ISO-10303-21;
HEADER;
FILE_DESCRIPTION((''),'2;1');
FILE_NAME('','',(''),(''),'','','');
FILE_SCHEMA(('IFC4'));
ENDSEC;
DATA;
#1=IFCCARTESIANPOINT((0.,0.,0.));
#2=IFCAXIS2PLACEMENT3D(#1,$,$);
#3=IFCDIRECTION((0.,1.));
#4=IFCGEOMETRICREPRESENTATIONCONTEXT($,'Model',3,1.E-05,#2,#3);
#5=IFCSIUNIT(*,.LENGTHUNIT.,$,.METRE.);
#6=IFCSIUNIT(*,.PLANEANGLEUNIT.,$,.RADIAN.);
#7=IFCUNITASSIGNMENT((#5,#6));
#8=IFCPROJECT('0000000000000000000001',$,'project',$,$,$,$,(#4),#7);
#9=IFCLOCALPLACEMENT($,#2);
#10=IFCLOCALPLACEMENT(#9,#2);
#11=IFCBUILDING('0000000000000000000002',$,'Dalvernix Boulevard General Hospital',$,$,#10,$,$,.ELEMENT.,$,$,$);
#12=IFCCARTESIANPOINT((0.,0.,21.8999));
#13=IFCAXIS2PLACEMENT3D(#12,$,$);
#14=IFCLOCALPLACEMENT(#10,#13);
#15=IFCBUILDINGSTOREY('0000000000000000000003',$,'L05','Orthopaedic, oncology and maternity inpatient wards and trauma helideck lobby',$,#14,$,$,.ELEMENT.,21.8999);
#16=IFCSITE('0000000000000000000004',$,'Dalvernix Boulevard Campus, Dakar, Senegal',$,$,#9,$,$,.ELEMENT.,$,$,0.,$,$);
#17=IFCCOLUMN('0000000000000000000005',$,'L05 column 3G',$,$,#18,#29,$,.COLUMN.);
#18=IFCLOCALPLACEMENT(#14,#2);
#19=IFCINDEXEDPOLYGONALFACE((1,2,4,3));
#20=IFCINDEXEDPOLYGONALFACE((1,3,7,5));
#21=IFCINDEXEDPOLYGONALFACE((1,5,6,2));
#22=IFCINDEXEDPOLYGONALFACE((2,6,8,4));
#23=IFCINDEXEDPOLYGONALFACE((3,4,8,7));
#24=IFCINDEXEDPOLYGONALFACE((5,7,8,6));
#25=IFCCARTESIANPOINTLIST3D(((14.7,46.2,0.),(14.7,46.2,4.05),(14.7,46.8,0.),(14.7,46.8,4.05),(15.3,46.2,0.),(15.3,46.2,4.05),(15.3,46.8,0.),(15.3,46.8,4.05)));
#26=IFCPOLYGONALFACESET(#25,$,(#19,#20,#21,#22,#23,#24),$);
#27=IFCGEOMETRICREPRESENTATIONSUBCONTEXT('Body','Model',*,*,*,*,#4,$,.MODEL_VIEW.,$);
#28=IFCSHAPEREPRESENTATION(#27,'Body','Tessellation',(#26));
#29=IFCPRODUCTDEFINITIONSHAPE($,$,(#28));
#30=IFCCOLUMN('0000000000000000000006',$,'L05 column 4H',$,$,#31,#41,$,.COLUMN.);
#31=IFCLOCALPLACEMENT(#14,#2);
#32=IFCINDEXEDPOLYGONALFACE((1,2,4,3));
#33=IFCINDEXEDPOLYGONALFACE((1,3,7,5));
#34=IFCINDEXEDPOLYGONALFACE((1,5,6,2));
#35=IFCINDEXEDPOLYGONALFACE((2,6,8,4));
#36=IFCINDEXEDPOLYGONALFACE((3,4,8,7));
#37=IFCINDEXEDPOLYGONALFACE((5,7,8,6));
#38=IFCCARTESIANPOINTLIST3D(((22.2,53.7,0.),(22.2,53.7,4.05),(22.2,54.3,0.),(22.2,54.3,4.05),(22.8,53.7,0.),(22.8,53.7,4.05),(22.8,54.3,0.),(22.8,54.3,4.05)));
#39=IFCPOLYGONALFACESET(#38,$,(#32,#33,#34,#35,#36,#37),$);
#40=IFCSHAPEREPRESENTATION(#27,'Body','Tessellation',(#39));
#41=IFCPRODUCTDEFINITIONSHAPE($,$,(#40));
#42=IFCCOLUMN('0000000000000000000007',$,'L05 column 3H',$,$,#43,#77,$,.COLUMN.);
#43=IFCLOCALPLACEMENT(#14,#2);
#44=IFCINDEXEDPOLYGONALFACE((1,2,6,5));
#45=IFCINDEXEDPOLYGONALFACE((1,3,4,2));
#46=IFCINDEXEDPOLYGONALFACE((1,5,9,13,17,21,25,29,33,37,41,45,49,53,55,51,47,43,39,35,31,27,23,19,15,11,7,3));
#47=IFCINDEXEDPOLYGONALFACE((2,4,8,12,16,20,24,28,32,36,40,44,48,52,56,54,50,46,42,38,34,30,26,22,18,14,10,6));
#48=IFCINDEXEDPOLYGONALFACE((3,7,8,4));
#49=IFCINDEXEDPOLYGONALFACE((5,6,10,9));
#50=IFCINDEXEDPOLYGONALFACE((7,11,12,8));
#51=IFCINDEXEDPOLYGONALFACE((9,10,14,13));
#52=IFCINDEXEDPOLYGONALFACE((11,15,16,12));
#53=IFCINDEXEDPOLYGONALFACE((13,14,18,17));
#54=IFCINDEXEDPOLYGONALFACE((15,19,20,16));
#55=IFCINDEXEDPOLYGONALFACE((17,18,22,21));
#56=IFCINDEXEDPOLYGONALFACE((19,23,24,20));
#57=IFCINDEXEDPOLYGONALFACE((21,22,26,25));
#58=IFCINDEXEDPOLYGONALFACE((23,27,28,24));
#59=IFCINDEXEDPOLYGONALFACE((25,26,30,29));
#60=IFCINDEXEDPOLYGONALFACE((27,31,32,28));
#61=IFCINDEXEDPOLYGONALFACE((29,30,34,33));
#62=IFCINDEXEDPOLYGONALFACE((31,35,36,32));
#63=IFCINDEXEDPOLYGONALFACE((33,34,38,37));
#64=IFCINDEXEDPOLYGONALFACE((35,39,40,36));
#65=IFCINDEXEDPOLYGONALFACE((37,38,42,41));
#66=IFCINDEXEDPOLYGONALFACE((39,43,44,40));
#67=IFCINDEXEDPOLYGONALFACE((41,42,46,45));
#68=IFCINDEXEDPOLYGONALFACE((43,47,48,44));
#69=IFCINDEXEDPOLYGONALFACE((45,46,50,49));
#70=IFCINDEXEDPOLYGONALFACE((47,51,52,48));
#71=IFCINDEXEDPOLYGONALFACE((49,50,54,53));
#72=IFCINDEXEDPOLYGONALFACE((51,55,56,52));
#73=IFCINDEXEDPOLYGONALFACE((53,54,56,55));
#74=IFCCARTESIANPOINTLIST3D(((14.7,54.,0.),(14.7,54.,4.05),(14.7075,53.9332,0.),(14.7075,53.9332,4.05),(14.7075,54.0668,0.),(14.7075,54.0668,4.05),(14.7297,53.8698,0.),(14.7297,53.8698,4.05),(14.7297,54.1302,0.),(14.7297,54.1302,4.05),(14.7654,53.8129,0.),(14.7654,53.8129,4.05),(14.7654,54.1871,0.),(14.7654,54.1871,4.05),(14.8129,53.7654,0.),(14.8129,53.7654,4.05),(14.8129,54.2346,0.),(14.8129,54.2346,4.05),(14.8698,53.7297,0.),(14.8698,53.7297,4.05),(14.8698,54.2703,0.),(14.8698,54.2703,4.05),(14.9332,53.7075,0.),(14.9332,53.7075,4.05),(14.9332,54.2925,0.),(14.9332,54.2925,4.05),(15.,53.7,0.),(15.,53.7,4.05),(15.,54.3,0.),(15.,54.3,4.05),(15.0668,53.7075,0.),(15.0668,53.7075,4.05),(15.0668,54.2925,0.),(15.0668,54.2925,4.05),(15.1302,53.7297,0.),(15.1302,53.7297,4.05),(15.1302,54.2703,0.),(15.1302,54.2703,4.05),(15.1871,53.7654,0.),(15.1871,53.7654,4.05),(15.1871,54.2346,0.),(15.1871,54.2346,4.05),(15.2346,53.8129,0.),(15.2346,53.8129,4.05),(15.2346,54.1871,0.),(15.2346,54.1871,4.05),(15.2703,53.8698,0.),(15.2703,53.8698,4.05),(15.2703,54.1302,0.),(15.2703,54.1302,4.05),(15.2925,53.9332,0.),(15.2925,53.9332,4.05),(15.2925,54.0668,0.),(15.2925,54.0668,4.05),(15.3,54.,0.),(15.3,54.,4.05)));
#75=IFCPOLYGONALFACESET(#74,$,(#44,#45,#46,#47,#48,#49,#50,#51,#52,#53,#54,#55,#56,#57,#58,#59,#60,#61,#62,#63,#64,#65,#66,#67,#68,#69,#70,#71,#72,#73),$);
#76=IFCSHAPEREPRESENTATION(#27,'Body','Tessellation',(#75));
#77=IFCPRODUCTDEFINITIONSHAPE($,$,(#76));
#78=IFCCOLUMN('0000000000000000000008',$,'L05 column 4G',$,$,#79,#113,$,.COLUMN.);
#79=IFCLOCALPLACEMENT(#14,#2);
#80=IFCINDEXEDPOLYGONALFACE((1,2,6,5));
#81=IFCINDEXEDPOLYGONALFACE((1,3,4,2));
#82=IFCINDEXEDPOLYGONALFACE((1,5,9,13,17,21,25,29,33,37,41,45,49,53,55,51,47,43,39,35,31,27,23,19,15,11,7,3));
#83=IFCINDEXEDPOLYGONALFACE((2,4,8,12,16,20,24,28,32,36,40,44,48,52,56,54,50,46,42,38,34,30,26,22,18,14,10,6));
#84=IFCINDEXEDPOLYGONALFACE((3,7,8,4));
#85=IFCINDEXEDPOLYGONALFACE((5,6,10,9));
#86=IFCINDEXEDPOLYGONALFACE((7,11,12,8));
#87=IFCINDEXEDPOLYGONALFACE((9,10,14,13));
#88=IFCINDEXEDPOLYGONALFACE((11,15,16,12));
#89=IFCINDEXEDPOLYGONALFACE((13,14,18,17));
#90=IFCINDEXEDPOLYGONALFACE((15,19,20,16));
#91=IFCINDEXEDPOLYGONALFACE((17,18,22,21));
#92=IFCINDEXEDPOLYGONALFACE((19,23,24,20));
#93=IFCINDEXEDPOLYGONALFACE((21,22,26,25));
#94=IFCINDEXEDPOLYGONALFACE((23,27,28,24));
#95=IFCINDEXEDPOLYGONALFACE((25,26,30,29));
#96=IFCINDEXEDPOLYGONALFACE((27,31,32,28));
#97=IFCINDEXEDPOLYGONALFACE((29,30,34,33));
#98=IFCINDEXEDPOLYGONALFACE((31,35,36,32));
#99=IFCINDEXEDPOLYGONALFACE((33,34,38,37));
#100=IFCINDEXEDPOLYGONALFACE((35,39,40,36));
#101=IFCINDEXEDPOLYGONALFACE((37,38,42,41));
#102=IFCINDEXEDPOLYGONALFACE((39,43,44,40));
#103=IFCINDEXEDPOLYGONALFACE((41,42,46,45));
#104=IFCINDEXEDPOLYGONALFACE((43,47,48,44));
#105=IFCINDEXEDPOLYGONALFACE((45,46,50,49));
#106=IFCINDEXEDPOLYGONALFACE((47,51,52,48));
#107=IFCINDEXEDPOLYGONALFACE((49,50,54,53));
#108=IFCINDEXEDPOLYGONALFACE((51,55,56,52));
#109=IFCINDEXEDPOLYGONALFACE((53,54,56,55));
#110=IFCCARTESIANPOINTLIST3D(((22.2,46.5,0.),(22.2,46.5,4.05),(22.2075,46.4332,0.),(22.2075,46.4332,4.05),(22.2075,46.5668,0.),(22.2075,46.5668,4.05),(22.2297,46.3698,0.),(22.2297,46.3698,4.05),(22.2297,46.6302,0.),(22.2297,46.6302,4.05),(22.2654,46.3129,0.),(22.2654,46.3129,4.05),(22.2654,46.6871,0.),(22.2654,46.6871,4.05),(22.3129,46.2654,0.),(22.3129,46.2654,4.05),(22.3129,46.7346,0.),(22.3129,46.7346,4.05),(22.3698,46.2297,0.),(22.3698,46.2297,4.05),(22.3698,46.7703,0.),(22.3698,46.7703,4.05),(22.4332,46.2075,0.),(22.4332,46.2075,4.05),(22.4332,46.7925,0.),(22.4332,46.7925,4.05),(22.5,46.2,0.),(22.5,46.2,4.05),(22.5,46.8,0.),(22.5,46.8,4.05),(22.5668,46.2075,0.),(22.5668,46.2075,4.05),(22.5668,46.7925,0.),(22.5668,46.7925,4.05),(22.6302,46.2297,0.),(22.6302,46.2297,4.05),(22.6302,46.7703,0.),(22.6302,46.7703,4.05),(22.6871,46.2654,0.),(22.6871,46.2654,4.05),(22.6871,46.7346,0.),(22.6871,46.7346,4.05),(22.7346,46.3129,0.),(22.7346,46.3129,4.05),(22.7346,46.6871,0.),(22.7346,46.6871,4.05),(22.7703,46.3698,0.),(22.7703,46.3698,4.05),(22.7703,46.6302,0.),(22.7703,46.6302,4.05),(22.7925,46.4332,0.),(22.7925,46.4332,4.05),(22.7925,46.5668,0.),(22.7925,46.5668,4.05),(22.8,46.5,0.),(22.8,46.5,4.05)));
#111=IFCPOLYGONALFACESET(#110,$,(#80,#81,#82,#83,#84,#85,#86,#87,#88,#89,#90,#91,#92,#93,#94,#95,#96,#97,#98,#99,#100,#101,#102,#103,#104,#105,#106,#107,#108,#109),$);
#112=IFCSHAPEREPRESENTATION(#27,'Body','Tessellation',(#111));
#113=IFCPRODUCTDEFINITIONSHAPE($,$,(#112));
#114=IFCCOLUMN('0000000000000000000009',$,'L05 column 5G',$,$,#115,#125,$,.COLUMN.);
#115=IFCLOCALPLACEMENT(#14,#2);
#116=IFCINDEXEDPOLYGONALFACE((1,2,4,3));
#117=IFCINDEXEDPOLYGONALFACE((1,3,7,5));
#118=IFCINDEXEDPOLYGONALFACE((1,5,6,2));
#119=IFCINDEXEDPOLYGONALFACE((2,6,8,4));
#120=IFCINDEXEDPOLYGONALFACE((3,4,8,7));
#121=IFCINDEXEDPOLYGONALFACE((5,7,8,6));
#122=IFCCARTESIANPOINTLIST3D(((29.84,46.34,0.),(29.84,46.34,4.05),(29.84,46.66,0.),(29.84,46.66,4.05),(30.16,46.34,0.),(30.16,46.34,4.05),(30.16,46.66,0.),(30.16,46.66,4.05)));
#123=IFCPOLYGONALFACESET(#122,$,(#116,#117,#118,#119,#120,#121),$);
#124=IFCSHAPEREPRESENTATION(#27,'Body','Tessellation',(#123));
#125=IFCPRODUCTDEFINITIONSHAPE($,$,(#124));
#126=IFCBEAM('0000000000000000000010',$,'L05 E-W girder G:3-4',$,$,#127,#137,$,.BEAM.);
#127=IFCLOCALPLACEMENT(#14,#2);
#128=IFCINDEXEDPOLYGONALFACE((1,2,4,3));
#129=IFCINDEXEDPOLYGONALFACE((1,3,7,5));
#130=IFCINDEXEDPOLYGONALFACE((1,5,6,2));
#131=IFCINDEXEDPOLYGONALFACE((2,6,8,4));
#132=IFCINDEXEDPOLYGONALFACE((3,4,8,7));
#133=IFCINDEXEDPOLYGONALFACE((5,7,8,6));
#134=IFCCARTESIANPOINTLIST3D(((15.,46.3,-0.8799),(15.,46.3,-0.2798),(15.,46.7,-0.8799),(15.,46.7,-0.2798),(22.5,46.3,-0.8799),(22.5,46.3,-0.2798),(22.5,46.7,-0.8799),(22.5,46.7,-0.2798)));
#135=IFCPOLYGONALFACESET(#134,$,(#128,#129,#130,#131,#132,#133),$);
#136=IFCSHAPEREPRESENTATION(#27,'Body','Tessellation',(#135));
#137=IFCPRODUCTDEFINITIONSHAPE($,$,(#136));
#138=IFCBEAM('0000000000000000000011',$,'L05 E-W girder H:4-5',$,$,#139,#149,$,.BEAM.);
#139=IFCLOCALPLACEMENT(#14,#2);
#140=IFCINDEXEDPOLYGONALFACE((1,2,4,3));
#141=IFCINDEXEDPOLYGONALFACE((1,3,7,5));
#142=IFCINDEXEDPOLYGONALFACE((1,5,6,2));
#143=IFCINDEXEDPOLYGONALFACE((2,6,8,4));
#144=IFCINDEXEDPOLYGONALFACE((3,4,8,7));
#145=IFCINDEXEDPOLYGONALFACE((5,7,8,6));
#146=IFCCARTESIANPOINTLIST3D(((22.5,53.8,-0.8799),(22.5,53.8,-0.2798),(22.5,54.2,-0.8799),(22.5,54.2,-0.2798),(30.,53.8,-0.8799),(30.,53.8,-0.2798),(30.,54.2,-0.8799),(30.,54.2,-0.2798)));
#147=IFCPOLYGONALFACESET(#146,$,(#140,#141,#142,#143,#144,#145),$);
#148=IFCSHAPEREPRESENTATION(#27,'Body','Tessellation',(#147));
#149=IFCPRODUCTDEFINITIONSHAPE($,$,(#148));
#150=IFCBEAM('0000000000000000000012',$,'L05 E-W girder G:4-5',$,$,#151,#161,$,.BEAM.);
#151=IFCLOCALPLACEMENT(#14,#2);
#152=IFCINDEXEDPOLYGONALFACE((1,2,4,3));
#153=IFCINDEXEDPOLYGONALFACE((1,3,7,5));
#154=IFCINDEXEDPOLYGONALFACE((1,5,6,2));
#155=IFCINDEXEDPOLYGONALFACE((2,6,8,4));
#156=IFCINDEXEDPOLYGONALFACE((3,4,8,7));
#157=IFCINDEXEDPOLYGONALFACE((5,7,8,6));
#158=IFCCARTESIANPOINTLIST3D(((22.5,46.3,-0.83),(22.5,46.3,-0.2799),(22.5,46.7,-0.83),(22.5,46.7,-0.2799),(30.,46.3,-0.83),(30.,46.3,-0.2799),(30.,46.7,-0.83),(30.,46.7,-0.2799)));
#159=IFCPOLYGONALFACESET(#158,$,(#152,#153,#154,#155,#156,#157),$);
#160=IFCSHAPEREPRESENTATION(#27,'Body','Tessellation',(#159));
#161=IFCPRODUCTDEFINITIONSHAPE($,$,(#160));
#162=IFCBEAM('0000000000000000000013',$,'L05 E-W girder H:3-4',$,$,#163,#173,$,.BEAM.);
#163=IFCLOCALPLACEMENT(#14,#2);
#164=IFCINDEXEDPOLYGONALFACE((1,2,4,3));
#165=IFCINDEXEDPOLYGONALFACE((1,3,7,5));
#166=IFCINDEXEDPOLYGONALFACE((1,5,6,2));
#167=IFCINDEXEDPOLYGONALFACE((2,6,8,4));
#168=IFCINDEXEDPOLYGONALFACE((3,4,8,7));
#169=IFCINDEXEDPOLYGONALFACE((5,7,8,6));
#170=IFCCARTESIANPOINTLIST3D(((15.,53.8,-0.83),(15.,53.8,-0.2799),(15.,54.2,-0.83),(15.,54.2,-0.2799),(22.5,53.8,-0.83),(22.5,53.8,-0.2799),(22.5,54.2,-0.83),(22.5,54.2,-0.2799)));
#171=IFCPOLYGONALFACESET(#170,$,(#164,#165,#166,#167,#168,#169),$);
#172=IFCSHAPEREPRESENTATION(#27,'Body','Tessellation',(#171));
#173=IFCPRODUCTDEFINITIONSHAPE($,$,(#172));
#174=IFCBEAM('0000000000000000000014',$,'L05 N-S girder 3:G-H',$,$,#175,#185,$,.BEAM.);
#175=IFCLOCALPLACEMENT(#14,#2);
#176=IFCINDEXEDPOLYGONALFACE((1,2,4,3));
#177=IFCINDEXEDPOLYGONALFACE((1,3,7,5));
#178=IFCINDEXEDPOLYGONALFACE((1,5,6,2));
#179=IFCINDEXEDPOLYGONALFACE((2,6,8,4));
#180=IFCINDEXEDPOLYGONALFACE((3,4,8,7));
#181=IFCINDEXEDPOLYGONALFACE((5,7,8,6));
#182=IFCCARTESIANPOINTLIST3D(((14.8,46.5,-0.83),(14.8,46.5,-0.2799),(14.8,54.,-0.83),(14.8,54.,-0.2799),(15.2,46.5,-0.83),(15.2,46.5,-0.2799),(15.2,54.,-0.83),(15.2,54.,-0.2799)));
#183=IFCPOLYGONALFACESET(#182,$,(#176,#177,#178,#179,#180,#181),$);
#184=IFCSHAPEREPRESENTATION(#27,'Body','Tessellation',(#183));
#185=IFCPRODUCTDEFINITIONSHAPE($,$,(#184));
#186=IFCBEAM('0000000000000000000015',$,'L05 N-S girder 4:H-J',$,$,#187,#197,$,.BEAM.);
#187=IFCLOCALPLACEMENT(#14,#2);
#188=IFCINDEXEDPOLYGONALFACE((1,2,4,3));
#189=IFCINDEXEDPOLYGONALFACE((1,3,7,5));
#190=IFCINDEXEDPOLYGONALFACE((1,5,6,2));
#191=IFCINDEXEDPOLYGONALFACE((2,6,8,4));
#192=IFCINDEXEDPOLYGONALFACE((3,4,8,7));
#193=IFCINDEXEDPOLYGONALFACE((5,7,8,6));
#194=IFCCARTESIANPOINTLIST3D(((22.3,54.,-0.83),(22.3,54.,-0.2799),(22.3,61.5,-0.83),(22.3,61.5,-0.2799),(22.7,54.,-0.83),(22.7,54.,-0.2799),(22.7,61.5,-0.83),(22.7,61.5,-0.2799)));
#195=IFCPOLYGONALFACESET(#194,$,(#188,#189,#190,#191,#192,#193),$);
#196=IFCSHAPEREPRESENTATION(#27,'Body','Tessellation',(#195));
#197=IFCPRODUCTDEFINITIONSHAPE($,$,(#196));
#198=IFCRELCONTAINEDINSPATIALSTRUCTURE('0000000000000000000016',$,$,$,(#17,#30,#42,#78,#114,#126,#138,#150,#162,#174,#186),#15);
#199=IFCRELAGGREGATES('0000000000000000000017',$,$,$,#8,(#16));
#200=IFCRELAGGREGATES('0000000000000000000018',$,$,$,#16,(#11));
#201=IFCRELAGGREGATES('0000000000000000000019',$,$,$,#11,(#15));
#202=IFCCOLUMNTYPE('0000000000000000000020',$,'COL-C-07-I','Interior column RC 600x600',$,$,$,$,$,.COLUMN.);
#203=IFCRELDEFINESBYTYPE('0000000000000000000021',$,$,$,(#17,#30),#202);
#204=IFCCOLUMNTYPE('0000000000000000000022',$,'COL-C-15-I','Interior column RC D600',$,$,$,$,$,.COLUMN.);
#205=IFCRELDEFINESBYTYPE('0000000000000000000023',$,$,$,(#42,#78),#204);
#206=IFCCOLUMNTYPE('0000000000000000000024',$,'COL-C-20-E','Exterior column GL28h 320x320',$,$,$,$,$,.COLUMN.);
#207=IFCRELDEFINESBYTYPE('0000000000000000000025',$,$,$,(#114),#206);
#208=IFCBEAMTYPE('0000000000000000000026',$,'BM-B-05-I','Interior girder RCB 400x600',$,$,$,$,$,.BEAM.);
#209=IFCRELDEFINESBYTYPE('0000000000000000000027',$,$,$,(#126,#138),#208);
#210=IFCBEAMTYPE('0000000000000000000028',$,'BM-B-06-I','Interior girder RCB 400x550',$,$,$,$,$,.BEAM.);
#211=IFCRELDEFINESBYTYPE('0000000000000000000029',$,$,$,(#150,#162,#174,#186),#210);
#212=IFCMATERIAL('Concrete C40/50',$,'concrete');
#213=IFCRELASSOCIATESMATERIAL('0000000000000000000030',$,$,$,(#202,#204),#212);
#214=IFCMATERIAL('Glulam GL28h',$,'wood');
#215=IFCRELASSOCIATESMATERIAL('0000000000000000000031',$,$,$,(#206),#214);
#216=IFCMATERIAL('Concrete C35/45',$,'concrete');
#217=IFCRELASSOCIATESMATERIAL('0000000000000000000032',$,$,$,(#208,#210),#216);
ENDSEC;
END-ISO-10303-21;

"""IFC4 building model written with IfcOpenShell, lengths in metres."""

from ifc_helpers import new_model, si_unit, direction, frame, origin, origin_2d, place, context, subcontext, project, spatial, rectangle, circle, extrude, material, material_profile, profile_set, type_object, element, save


model = new_model("IFC4")

# Units and contexts
model_context = context("Model", 3, precision=1e-05, world=origin(), true_north=direction((0.0, 1.0)))
body_context = subcontext(model_context, "Body", "Model", "MODEL_VIEW")
ifc_project = project(units=[si_unit("LENGTHUNIT", "METRE"), si_unit("PLANEANGLEUNIT", "RADIAN")], contexts=[model_context])

# Site, building, storey
site_placement = place(None, origin())
site = spatial("IfcSite", under=ifc_project, at=site_placement, Name="Dalvernix Boulevard Campus, Dakar, Senegal", CompositionType="ELEMENT", RefElevation=0.0)
building_placement = place(site_placement, origin())
building = spatial("IfcBuilding", under=site, at=building_placement, Name="Dalvernix Boulevard General Hospital", CompositionType="ELEMENT")
storey_placement = place(building_placement, frame((0.0, 0.0, 21.8999)))
storey = spatial("IfcBuildingStorey", under=building, at=storey_placement, Name="L05", Description="Orthopaedic, oncology and maternity inpatient wards and trauma helideck lobby", CompositionType="ELEMENT", Elevation=21.8999)

# Columns
ifc_material_1 = material(Name="Concrete C40/50", Category="concrete")
ifc_material_profile_1 = material_profile(ifc_material_1, rectangle(XDim=0.6001, YDim=0.6001, at=origin_2d()), Name="RC 600x600")
ifc_profile_set_1 = profile_set([ifc_material_profile_1], Name="Concrete C40/50")
column_type_1 = type_object("IfcColumnType", Name="COL-C-07-I", Description="Interior column RC 600x600", PredefinedType="COLUMN", material=ifc_profile_set_1)
for number, where, z_axis, x_axis, name in (
    (1, (15.0, 46.5, 0.0), (0.0, 0.0, 1.0), (1.0, 0.0, 0.0), "L05 column 3G"),
    (2, (22.5, 54.0, 0.0), (0.0, 0.0, 1.0), (1.0, 0.0, 0.0), "L05 column 4H"),
):
    element("IfcColumn", number, at=place(storey_placement, frame(where, z_axis=z_axis, x_axis=x_axis)), inside=storey, type_object=column_type_1, Name=name, PredefinedType="COLUMN", context=body_context, shape_type="SweptSolid", body=[
        extrude(rectangle(XDim=0.6001, YDim=0.6001, at=origin_2d()), origin(), (0.0, 0.0, 1.0), 4.05),
    ])
ifc_material_profile_2 = material_profile(ifc_material_1, circle(Radius=0.3, at=origin_2d()), Name="RC D600")
ifc_profile_set_2 = profile_set([ifc_material_profile_2], Name="Concrete C40/50")
column_type_2 = type_object("IfcColumnType", Name="COL-C-15-I", Description="Interior column RC D600", PredefinedType="COLUMN", material=ifc_profile_set_2)
for number, where, z_axis, x_axis, name in (
    (3, (15.0, 54.0, 0.0), (0.0, 0.0, 1.0), (1.0, 0.0, 0.0), "L05 column 3H"),
    (4, (22.5, 46.5, 0.0), (0.0, 0.0, 1.0), (1.0, 0.0, 0.0), "L05 column 4G"),
):
    element("IfcColumn", number, at=place(storey_placement, frame(where, z_axis=z_axis, x_axis=x_axis)), inside=storey, type_object=column_type_2, Name=name, PredefinedType="COLUMN", context=body_context, shape_type="SweptSolid", body=[
        extrude(circle(Radius=0.3, at=origin_2d()), origin(), (0.0, 0.0, 1.0), 4.05),
    ])
ifc_material_2 = material(Name="Glulam GL28h", Category="wood")
ifc_material_profile_3 = material_profile(ifc_material_2, rectangle(XDim=0.3201, YDim=0.3201, at=origin_2d()), Name="GL28h 320x320")
ifc_profile_set_3 = profile_set([ifc_material_profile_3], Name="Glulam GL28h")
column_type_3 = type_object("IfcColumnType", Name="COL-C-20-E", Description="Exterior column GL28h 320x320", PredefinedType="COLUMN", material=ifc_profile_set_3)
column_placement = place(storey_placement, frame((30.0, 46.5, 0.0), z_axis=(0.0, 0.0, 1.0), x_axis=(1.0, 0.0, 0.0)))
element("IfcColumn", 5, at=column_placement, inside=storey, type_object=column_type_3, Name="L05 column 5G", PredefinedType="COLUMN", context=body_context, shape_type="SweptSolid", body=[
    extrude(rectangle(XDim=0.3201, YDim=0.3201, at=origin_2d()), origin(), (0.0, 0.0, 1.0), 4.05),
])

# Beams
ifc_material_3 = material(Name="Concrete C35/45", Category="concrete")
ifc_material_profile_4 = material_profile(ifc_material_3, rectangle(XDim=0.3999, YDim=0.6001, at=origin_2d()), Name="RCB 400x600")
ifc_profile_set_4 = profile_set([ifc_material_profile_4], Name="Concrete C35/45")
beam_type_1 = type_object("IfcBeamType", Name="BM-B-05-I", Description="Interior girder RCB 400x600", PredefinedType="BEAM", material=ifc_profile_set_4)
for number, where, z_axis, x_axis, name in (
    (6, (15.0, 46.5, -0.5798), (1.0, 0.0, 0.0), (0.0, 1.0, 0.0), "L05 E-W girder G:3-4"),
    (7, (22.5, 54.0, -0.5798), (1.0, 0.0, 0.0), (0.0, 1.0, 0.0), "L05 E-W girder H:4-5"),
):
    element("IfcBeam", number, at=place(storey_placement, frame(where, z_axis=z_axis, x_axis=x_axis)), inside=storey, type_object=beam_type_1, Name=name, PredefinedType="BEAM", context=body_context, shape_type="SweptSolid", body=[
        extrude(rectangle(XDim=0.3999, YDim=0.6001, at=origin_2d()), origin(), (0.0, 0.0, 1.0), 7.5),
    ])
ifc_material_profile_5 = material_profile(ifc_material_3, rectangle(XDim=0.3999, YDim=0.55, at=origin_2d()), Name="RCB 400x550")
ifc_profile_set_5 = profile_set([ifc_material_profile_5], Name="Concrete C35/45")
beam_type_2 = type_object("IfcBeamType", Name="BM-B-06-I", Description="Interior girder RCB 400x550", PredefinedType="BEAM", material=ifc_profile_set_5)
for number, where, z_axis, x_axis, name in (
    (8, (22.5, 46.5, -0.5549), (1.0, 0.0, 0.0), (0.0, 1.0, 0.0), "L05 E-W girder G:4-5"),
    (9, (15.0, 54.0, -0.5549), (1.0, 0.0, 0.0), (0.0, 1.0, 0.0), "L05 E-W girder H:3-4"),
    (10, (15.0, 46.5, -0.5549), (0.0, 1.0, 0.0), (-1.0, 0.0, 0.0), "L05 N-S girder 3:G-H"),
    (11, (22.5, 54.0, -0.5549), (0.0, 1.0, 0.0), (-1.0, 0.0, 0.0), "L05 N-S girder 4:H-J"),
):
    element("IfcBeam", number, at=place(storey_placement, frame(where, z_axis=z_axis, x_axis=x_axis)), inside=storey, type_object=beam_type_2, Name=name, PredefinedType="BEAM", context=body_context, shape_type="SweptSolid", body=[
        extrude(rectangle(XDim=0.3999, YDim=0.55, at=origin_2d()), origin(), (0.0, 0.0, 1.0), 7.5),
    ])

save(model, "model.ifc")
